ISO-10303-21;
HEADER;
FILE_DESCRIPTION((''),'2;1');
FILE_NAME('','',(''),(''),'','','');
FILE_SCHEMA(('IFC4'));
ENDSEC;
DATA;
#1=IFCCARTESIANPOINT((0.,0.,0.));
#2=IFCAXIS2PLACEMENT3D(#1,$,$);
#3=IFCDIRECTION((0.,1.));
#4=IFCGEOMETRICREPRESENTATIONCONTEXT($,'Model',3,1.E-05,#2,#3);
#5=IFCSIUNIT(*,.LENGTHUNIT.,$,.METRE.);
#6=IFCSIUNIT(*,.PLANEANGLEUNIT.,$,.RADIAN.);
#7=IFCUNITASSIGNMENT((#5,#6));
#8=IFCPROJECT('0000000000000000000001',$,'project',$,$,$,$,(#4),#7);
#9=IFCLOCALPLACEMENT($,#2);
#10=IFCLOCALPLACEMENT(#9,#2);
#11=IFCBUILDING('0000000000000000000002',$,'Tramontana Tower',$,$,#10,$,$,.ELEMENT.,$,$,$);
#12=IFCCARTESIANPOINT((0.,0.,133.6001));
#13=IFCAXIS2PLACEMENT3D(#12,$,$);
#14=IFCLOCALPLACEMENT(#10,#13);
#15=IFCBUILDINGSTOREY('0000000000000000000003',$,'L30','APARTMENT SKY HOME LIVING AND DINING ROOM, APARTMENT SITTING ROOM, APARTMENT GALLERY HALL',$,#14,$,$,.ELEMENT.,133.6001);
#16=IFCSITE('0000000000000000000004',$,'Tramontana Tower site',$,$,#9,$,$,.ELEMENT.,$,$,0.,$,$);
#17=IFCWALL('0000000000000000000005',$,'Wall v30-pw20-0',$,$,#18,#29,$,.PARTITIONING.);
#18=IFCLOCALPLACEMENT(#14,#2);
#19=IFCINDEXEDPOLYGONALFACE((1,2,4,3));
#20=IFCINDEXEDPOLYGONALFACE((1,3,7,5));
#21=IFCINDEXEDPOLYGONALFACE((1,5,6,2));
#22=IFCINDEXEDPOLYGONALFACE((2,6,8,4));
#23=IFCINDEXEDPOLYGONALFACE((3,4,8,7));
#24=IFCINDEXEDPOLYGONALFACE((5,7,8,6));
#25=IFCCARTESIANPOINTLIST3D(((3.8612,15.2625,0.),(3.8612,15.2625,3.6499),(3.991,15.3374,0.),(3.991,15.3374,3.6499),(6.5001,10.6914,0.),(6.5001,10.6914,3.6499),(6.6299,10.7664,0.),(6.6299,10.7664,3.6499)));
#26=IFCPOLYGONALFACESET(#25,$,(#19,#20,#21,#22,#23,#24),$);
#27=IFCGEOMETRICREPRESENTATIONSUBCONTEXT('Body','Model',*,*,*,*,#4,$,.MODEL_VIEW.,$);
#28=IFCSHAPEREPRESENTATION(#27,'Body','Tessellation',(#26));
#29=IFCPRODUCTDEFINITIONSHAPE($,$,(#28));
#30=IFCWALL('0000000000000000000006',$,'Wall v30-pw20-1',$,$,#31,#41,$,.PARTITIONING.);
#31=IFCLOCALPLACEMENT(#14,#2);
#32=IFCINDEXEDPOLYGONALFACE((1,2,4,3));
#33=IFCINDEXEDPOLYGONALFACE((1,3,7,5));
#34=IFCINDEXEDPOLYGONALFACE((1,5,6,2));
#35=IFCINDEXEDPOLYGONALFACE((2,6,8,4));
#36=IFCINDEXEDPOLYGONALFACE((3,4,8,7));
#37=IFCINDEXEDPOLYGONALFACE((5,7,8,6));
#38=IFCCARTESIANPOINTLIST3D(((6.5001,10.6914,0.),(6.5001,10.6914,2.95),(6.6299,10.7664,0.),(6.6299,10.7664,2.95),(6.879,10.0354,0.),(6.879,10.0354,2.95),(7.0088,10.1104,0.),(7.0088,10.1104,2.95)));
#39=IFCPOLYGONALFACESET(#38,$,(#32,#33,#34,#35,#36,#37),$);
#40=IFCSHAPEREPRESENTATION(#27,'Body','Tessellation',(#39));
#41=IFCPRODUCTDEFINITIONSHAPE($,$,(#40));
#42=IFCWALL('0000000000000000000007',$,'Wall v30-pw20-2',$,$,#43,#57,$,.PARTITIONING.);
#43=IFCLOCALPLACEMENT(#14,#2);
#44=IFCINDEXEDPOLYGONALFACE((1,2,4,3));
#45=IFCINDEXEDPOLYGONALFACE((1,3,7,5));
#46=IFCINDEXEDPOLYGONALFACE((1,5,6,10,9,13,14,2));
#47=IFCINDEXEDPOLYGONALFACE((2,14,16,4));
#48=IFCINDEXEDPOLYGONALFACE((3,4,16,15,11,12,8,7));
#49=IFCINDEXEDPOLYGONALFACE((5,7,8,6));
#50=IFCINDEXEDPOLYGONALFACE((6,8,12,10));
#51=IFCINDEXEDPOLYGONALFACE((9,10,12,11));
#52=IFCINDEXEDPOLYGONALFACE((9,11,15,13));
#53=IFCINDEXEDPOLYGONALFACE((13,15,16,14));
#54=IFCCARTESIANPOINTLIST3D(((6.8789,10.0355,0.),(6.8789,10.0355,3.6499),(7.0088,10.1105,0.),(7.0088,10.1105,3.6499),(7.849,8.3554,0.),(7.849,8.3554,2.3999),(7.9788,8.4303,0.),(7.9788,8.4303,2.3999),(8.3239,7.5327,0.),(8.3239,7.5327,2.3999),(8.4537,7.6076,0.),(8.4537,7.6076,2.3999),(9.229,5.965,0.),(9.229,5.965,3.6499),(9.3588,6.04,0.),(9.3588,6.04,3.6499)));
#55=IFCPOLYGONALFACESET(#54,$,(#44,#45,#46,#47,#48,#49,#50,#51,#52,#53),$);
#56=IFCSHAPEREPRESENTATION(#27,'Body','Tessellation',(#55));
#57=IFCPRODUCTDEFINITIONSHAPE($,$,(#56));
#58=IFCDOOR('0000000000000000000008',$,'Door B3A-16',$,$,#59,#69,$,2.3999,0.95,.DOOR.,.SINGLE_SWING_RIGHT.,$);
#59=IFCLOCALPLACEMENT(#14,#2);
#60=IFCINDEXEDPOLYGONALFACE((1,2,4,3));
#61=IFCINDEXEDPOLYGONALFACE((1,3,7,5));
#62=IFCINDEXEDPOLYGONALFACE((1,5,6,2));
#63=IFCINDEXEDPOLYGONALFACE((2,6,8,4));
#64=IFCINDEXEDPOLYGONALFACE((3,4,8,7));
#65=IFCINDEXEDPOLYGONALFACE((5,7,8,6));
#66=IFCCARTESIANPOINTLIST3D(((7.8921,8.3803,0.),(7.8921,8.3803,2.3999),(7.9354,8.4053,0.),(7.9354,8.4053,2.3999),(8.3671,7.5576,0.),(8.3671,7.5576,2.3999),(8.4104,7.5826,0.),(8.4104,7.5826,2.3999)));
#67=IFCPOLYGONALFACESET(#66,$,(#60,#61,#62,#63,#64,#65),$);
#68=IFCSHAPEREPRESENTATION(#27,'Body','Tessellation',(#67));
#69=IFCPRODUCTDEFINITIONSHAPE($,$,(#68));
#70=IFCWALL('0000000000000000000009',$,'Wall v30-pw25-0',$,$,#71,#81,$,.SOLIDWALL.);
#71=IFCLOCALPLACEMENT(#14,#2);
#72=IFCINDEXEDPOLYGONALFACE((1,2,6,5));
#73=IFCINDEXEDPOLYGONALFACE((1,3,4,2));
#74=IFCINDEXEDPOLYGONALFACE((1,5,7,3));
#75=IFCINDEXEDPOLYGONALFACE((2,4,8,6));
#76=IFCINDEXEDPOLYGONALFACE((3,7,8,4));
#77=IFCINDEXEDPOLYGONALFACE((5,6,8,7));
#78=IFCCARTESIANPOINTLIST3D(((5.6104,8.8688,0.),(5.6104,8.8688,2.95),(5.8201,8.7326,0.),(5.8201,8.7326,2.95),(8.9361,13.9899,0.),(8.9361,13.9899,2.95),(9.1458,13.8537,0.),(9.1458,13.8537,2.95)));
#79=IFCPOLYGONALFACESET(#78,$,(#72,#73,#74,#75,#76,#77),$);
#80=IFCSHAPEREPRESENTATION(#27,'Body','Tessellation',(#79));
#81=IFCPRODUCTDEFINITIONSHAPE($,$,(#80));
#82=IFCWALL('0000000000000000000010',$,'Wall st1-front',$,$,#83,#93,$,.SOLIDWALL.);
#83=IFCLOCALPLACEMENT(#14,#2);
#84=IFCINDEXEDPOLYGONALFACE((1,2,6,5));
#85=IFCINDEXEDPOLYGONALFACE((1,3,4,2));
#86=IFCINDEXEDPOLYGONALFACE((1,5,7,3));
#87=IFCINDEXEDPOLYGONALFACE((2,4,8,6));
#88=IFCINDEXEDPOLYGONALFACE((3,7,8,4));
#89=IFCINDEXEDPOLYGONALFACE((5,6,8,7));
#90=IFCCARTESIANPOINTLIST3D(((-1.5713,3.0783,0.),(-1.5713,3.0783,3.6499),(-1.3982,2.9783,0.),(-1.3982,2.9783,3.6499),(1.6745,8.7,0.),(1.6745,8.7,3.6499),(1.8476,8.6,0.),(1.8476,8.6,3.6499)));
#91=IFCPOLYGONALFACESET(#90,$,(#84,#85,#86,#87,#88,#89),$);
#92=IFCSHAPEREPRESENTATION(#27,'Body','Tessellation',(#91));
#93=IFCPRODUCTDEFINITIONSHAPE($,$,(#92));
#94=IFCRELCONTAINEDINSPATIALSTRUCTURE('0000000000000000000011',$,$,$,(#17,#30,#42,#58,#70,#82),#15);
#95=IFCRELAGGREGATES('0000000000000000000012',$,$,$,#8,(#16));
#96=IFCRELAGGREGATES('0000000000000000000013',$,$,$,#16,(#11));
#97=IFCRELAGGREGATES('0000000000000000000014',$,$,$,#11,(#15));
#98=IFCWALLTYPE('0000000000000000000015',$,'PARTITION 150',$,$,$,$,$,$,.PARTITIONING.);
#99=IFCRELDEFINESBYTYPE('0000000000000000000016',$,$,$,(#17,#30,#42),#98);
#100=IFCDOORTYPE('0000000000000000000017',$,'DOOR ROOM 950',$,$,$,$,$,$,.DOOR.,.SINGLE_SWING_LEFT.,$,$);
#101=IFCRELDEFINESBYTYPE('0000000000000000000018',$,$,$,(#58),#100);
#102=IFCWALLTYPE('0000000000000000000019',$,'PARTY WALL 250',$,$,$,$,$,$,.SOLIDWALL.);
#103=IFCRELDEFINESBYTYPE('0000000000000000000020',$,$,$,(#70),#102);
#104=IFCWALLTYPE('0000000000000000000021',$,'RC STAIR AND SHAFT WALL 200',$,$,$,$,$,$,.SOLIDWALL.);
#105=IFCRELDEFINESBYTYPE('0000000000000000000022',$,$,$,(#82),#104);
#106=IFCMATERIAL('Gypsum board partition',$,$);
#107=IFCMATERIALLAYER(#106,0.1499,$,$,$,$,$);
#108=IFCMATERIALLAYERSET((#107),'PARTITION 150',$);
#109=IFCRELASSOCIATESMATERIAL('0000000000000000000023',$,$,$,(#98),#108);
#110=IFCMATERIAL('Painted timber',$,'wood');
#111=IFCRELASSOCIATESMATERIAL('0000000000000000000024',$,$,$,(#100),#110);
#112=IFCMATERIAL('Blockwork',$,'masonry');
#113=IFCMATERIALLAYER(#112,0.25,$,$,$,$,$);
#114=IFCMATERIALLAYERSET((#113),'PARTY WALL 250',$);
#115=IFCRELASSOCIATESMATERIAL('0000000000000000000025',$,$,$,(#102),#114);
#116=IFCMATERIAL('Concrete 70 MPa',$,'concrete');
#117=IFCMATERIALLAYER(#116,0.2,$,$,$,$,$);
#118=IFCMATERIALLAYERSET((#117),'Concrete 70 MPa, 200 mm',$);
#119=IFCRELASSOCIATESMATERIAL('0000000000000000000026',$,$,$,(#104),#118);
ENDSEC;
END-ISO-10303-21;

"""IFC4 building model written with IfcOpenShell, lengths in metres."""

from ifc_helpers import new_model, si_unit, direction, frame, frame_2d, origin, place, context, subcontext, project, spatial, rectangle, extrude, material, layer, layer_set, type_object, element, fill, save


model = new_model("IFC4")

# Units and contexts
model_context = context("Model", 3, precision=1e-05, world=origin(), true_north=direction((0.0, 1.0)))
body_context = subcontext(model_context, "Body", "Model", "MODEL_VIEW")
ifc_project = project(units=[si_unit("LENGTHUNIT", "METRE"), si_unit("PLANEANGLEUNIT", "RADIAN")], contexts=[model_context])

# Site, building, storey
site_placement = place(None, origin())
site = spatial("IfcSite", under=ifc_project, at=site_placement, Name="Tramontana Tower site", CompositionType="ELEMENT", RefElevation=0.0)
building_placement = place(site_placement, origin())
building = spatial("IfcBuilding", under=site, at=building_placement, Name="Tramontana Tower", CompositionType="ELEMENT")
storey_placement = place(building_placement, frame((0.0, 0.0, 133.6001)))
storey = spatial("IfcBuildingStorey", under=building, at=storey_placement, Name="L30", Description="APARTMENT SKY HOME LIVING AND DINING ROOM, APARTMENT SITTING ROOM, APARTMENT GALLERY HALL", CompositionType="ELEMENT", Elevation=133.6001)

# Walls
ifc_material_1 = material(Name="Gypsum board partition")
ifc_layer_1 = layer(ifc_material_1, 0.1499)
ifc_layer_set_1 = layer_set([ifc_layer_1], Name="PARTITION 150")
wall_type_1 = type_object("IfcWallType", Name="PARTITION 150", PredefinedType="PARTITIONING", material=ifc_layer_set_1)
wall_1_placement = place(storey_placement, frame((3.926, 15.3, 0.0), z_axis=(0.0, 0.0, 1.0), x_axis=(0.499975, -0.86604, 0.0)))
element("IfcWall", 1, at=wall_1_placement, inside=storey, type_object=wall_type_1, Name="Wall v30-pw20-0", PredefinedType="PARTITIONING", context=body_context, shape_type="SweptSolid", body=[
    extrude(rectangle(XDim=5.2781, YDim=0.1499, at=frame_2d((2.6392, 0.0))), origin(), (0.0, 0.0, 1.0), 3.6499),
])
wall_2_placement = place(storey_placement, frame((6.5649, 10.729, 0.0), z_axis=(0.0, 0.0, 1.0), x_axis=(0.500159, -0.865933, 0.0)))
element("IfcWall", 2, at=wall_2_placement, inside=storey, type_object=wall_type_1, Name="Wall v30-pw20-1", PredefinedType="PARTITIONING", context=body_context, shape_type="SweptSolid", body=[
    extrude(rectangle(XDim=0.7576, YDim=0.1499, at=frame_2d((0.3789, 0.0))), origin(), (0.0, 0.0, 1.0), 2.95),
])

# Wall, opening, door
wall_3_placement = place(storey_placement, frame((6.9438, 10.073, 0.0), z_axis=(0.0, 0.0, 1.0), x_axis=(0.499994, -0.866029, 0.0)))
wall_3 = element("IfcWall", 3, at=wall_3_placement, inside=storey, type_object=wall_type_1, Name="Wall v30-pw20-2", PredefinedType="PARTITIONING", context=body_context, shape_type="SweptSolid", body=[
    extrude(rectangle(XDim=4.7002, YDim=0.1499, at=frame_2d((2.3501, 0.0))), origin(), (0.0, 0.0, 1.0), 3.6499),
])
opening_1_placement = place(wall_3_placement, frame((1.9399, 0.0, 0.0)))
opening_1 = element("IfcOpeningElement", 4, at=opening_1_placement, cuts=wall_3, PredefinedType="OPENING", context=body_context, shape_type="SweptSolid", body=[
    extrude(rectangle(XDim=0.95, YDim=2.3999, at=frame_2d((0.4751, 1.2))), frame((0.0, 0.085, 0.0), z_axis=(0.0, -1.0, 0.0), x_axis=(1.0, 0.0, 0.0)), (0.0, 0.0, 1.0), 0.1699),
])
ifc_material_2 = material(Name="Painted timber", Category="wood")
door_type_1 = type_object("IfcDoorType", Name="DOOR ROOM 950", OperationType="SINGLE_SWING_LEFT", PredefinedType="DOOR", material=ifc_material_2)
door_1_placement = place(opening_1_placement, origin())
door_1 = element("IfcDoor", 5, at=door_1_placement, inside=storey, type_object=door_type_1, Name="Door B3A-16", OperationType="SINGLE_SWING_RIGHT", OverallHeight=2.3999, OverallWidth=0.95, PredefinedType="DOOR", context=body_context, shape_type="SweptSolid", body=[
    extrude(rectangle(XDim=0.95, YDim=2.3999, at=frame_2d((0.4751, 1.2))), frame((0.0, 0.0249, 0.0), z_axis=(0.0, -1.0, 0.0), x_axis=(1.0, 0.0, 0.0)), (0.0, 0.0, 1.0), 0.05),
])
fill(opening_1, door_1)

# Walls
ifc_material_3 = material(Name="Blockwork", Category="masonry")
ifc_layer_2 = layer(ifc_material_3, 0.25)
ifc_layer_set_2 = layer_set([ifc_layer_2], Name="PARTY WALL 250")
wall_type_2 = type_object("IfcWallType", Name="PARTY WALL 250", PredefinedType="SOLIDWALL", material=ifc_layer_set_2)
wall_4_placement = place(storey_placement, frame((9.041, 13.9219, 0.0), z_axis=(0.0, 0.0, 1.0), x_axis=(-0.54464, -0.83867, 0.0)))
element("IfcWall", 6, at=wall_4_placement, inside=storey, type_object=wall_type_2, Name="Wall v30-pw25-0", PredefinedType="SOLIDWALL", context=body_context, shape_type="SweptSolid", body=[
    extrude(rectangle(XDim=6.1062, YDim=0.25, at=frame_2d((3.0532, 0.0))), origin(), (0.0, 0.0, 1.0), 2.95),
])
ifc_material_4 = material(Name="Concrete 70 MPa", Category="concrete")
ifc_layer_3 = layer(ifc_material_4, 0.2)
ifc_layer_set_3 = layer_set([ifc_layer_3], Name="Concrete 70 MPa, 200 mm")
wall_type_3 = type_object("IfcWallType", Name="RC STAIR AND SHAFT WALL 200", PredefinedType="SOLIDWALL", material=ifc_layer_set_3)
wall_5_placement = place(storey_placement, frame((1.761, 8.6499, 0.0), z_axis=(0.0, 0.0, 1.0), x_axis=(-0.50001, -0.86602, 0.0)))
element("IfcWall", 7, at=wall_5_placement, inside=storey, type_object=wall_type_3, Name="Wall st1-front", PredefinedType="SOLIDWALL", context=body_context, shape_type="SweptSolid", body=[
    extrude(rectangle(XDim=6.4915, YDim=0.2, at=frame_2d((3.2456, 0.0))), origin(), (0.0, 0.0, 1.0), 3.6499),
])

save(model, "model.ifc")
